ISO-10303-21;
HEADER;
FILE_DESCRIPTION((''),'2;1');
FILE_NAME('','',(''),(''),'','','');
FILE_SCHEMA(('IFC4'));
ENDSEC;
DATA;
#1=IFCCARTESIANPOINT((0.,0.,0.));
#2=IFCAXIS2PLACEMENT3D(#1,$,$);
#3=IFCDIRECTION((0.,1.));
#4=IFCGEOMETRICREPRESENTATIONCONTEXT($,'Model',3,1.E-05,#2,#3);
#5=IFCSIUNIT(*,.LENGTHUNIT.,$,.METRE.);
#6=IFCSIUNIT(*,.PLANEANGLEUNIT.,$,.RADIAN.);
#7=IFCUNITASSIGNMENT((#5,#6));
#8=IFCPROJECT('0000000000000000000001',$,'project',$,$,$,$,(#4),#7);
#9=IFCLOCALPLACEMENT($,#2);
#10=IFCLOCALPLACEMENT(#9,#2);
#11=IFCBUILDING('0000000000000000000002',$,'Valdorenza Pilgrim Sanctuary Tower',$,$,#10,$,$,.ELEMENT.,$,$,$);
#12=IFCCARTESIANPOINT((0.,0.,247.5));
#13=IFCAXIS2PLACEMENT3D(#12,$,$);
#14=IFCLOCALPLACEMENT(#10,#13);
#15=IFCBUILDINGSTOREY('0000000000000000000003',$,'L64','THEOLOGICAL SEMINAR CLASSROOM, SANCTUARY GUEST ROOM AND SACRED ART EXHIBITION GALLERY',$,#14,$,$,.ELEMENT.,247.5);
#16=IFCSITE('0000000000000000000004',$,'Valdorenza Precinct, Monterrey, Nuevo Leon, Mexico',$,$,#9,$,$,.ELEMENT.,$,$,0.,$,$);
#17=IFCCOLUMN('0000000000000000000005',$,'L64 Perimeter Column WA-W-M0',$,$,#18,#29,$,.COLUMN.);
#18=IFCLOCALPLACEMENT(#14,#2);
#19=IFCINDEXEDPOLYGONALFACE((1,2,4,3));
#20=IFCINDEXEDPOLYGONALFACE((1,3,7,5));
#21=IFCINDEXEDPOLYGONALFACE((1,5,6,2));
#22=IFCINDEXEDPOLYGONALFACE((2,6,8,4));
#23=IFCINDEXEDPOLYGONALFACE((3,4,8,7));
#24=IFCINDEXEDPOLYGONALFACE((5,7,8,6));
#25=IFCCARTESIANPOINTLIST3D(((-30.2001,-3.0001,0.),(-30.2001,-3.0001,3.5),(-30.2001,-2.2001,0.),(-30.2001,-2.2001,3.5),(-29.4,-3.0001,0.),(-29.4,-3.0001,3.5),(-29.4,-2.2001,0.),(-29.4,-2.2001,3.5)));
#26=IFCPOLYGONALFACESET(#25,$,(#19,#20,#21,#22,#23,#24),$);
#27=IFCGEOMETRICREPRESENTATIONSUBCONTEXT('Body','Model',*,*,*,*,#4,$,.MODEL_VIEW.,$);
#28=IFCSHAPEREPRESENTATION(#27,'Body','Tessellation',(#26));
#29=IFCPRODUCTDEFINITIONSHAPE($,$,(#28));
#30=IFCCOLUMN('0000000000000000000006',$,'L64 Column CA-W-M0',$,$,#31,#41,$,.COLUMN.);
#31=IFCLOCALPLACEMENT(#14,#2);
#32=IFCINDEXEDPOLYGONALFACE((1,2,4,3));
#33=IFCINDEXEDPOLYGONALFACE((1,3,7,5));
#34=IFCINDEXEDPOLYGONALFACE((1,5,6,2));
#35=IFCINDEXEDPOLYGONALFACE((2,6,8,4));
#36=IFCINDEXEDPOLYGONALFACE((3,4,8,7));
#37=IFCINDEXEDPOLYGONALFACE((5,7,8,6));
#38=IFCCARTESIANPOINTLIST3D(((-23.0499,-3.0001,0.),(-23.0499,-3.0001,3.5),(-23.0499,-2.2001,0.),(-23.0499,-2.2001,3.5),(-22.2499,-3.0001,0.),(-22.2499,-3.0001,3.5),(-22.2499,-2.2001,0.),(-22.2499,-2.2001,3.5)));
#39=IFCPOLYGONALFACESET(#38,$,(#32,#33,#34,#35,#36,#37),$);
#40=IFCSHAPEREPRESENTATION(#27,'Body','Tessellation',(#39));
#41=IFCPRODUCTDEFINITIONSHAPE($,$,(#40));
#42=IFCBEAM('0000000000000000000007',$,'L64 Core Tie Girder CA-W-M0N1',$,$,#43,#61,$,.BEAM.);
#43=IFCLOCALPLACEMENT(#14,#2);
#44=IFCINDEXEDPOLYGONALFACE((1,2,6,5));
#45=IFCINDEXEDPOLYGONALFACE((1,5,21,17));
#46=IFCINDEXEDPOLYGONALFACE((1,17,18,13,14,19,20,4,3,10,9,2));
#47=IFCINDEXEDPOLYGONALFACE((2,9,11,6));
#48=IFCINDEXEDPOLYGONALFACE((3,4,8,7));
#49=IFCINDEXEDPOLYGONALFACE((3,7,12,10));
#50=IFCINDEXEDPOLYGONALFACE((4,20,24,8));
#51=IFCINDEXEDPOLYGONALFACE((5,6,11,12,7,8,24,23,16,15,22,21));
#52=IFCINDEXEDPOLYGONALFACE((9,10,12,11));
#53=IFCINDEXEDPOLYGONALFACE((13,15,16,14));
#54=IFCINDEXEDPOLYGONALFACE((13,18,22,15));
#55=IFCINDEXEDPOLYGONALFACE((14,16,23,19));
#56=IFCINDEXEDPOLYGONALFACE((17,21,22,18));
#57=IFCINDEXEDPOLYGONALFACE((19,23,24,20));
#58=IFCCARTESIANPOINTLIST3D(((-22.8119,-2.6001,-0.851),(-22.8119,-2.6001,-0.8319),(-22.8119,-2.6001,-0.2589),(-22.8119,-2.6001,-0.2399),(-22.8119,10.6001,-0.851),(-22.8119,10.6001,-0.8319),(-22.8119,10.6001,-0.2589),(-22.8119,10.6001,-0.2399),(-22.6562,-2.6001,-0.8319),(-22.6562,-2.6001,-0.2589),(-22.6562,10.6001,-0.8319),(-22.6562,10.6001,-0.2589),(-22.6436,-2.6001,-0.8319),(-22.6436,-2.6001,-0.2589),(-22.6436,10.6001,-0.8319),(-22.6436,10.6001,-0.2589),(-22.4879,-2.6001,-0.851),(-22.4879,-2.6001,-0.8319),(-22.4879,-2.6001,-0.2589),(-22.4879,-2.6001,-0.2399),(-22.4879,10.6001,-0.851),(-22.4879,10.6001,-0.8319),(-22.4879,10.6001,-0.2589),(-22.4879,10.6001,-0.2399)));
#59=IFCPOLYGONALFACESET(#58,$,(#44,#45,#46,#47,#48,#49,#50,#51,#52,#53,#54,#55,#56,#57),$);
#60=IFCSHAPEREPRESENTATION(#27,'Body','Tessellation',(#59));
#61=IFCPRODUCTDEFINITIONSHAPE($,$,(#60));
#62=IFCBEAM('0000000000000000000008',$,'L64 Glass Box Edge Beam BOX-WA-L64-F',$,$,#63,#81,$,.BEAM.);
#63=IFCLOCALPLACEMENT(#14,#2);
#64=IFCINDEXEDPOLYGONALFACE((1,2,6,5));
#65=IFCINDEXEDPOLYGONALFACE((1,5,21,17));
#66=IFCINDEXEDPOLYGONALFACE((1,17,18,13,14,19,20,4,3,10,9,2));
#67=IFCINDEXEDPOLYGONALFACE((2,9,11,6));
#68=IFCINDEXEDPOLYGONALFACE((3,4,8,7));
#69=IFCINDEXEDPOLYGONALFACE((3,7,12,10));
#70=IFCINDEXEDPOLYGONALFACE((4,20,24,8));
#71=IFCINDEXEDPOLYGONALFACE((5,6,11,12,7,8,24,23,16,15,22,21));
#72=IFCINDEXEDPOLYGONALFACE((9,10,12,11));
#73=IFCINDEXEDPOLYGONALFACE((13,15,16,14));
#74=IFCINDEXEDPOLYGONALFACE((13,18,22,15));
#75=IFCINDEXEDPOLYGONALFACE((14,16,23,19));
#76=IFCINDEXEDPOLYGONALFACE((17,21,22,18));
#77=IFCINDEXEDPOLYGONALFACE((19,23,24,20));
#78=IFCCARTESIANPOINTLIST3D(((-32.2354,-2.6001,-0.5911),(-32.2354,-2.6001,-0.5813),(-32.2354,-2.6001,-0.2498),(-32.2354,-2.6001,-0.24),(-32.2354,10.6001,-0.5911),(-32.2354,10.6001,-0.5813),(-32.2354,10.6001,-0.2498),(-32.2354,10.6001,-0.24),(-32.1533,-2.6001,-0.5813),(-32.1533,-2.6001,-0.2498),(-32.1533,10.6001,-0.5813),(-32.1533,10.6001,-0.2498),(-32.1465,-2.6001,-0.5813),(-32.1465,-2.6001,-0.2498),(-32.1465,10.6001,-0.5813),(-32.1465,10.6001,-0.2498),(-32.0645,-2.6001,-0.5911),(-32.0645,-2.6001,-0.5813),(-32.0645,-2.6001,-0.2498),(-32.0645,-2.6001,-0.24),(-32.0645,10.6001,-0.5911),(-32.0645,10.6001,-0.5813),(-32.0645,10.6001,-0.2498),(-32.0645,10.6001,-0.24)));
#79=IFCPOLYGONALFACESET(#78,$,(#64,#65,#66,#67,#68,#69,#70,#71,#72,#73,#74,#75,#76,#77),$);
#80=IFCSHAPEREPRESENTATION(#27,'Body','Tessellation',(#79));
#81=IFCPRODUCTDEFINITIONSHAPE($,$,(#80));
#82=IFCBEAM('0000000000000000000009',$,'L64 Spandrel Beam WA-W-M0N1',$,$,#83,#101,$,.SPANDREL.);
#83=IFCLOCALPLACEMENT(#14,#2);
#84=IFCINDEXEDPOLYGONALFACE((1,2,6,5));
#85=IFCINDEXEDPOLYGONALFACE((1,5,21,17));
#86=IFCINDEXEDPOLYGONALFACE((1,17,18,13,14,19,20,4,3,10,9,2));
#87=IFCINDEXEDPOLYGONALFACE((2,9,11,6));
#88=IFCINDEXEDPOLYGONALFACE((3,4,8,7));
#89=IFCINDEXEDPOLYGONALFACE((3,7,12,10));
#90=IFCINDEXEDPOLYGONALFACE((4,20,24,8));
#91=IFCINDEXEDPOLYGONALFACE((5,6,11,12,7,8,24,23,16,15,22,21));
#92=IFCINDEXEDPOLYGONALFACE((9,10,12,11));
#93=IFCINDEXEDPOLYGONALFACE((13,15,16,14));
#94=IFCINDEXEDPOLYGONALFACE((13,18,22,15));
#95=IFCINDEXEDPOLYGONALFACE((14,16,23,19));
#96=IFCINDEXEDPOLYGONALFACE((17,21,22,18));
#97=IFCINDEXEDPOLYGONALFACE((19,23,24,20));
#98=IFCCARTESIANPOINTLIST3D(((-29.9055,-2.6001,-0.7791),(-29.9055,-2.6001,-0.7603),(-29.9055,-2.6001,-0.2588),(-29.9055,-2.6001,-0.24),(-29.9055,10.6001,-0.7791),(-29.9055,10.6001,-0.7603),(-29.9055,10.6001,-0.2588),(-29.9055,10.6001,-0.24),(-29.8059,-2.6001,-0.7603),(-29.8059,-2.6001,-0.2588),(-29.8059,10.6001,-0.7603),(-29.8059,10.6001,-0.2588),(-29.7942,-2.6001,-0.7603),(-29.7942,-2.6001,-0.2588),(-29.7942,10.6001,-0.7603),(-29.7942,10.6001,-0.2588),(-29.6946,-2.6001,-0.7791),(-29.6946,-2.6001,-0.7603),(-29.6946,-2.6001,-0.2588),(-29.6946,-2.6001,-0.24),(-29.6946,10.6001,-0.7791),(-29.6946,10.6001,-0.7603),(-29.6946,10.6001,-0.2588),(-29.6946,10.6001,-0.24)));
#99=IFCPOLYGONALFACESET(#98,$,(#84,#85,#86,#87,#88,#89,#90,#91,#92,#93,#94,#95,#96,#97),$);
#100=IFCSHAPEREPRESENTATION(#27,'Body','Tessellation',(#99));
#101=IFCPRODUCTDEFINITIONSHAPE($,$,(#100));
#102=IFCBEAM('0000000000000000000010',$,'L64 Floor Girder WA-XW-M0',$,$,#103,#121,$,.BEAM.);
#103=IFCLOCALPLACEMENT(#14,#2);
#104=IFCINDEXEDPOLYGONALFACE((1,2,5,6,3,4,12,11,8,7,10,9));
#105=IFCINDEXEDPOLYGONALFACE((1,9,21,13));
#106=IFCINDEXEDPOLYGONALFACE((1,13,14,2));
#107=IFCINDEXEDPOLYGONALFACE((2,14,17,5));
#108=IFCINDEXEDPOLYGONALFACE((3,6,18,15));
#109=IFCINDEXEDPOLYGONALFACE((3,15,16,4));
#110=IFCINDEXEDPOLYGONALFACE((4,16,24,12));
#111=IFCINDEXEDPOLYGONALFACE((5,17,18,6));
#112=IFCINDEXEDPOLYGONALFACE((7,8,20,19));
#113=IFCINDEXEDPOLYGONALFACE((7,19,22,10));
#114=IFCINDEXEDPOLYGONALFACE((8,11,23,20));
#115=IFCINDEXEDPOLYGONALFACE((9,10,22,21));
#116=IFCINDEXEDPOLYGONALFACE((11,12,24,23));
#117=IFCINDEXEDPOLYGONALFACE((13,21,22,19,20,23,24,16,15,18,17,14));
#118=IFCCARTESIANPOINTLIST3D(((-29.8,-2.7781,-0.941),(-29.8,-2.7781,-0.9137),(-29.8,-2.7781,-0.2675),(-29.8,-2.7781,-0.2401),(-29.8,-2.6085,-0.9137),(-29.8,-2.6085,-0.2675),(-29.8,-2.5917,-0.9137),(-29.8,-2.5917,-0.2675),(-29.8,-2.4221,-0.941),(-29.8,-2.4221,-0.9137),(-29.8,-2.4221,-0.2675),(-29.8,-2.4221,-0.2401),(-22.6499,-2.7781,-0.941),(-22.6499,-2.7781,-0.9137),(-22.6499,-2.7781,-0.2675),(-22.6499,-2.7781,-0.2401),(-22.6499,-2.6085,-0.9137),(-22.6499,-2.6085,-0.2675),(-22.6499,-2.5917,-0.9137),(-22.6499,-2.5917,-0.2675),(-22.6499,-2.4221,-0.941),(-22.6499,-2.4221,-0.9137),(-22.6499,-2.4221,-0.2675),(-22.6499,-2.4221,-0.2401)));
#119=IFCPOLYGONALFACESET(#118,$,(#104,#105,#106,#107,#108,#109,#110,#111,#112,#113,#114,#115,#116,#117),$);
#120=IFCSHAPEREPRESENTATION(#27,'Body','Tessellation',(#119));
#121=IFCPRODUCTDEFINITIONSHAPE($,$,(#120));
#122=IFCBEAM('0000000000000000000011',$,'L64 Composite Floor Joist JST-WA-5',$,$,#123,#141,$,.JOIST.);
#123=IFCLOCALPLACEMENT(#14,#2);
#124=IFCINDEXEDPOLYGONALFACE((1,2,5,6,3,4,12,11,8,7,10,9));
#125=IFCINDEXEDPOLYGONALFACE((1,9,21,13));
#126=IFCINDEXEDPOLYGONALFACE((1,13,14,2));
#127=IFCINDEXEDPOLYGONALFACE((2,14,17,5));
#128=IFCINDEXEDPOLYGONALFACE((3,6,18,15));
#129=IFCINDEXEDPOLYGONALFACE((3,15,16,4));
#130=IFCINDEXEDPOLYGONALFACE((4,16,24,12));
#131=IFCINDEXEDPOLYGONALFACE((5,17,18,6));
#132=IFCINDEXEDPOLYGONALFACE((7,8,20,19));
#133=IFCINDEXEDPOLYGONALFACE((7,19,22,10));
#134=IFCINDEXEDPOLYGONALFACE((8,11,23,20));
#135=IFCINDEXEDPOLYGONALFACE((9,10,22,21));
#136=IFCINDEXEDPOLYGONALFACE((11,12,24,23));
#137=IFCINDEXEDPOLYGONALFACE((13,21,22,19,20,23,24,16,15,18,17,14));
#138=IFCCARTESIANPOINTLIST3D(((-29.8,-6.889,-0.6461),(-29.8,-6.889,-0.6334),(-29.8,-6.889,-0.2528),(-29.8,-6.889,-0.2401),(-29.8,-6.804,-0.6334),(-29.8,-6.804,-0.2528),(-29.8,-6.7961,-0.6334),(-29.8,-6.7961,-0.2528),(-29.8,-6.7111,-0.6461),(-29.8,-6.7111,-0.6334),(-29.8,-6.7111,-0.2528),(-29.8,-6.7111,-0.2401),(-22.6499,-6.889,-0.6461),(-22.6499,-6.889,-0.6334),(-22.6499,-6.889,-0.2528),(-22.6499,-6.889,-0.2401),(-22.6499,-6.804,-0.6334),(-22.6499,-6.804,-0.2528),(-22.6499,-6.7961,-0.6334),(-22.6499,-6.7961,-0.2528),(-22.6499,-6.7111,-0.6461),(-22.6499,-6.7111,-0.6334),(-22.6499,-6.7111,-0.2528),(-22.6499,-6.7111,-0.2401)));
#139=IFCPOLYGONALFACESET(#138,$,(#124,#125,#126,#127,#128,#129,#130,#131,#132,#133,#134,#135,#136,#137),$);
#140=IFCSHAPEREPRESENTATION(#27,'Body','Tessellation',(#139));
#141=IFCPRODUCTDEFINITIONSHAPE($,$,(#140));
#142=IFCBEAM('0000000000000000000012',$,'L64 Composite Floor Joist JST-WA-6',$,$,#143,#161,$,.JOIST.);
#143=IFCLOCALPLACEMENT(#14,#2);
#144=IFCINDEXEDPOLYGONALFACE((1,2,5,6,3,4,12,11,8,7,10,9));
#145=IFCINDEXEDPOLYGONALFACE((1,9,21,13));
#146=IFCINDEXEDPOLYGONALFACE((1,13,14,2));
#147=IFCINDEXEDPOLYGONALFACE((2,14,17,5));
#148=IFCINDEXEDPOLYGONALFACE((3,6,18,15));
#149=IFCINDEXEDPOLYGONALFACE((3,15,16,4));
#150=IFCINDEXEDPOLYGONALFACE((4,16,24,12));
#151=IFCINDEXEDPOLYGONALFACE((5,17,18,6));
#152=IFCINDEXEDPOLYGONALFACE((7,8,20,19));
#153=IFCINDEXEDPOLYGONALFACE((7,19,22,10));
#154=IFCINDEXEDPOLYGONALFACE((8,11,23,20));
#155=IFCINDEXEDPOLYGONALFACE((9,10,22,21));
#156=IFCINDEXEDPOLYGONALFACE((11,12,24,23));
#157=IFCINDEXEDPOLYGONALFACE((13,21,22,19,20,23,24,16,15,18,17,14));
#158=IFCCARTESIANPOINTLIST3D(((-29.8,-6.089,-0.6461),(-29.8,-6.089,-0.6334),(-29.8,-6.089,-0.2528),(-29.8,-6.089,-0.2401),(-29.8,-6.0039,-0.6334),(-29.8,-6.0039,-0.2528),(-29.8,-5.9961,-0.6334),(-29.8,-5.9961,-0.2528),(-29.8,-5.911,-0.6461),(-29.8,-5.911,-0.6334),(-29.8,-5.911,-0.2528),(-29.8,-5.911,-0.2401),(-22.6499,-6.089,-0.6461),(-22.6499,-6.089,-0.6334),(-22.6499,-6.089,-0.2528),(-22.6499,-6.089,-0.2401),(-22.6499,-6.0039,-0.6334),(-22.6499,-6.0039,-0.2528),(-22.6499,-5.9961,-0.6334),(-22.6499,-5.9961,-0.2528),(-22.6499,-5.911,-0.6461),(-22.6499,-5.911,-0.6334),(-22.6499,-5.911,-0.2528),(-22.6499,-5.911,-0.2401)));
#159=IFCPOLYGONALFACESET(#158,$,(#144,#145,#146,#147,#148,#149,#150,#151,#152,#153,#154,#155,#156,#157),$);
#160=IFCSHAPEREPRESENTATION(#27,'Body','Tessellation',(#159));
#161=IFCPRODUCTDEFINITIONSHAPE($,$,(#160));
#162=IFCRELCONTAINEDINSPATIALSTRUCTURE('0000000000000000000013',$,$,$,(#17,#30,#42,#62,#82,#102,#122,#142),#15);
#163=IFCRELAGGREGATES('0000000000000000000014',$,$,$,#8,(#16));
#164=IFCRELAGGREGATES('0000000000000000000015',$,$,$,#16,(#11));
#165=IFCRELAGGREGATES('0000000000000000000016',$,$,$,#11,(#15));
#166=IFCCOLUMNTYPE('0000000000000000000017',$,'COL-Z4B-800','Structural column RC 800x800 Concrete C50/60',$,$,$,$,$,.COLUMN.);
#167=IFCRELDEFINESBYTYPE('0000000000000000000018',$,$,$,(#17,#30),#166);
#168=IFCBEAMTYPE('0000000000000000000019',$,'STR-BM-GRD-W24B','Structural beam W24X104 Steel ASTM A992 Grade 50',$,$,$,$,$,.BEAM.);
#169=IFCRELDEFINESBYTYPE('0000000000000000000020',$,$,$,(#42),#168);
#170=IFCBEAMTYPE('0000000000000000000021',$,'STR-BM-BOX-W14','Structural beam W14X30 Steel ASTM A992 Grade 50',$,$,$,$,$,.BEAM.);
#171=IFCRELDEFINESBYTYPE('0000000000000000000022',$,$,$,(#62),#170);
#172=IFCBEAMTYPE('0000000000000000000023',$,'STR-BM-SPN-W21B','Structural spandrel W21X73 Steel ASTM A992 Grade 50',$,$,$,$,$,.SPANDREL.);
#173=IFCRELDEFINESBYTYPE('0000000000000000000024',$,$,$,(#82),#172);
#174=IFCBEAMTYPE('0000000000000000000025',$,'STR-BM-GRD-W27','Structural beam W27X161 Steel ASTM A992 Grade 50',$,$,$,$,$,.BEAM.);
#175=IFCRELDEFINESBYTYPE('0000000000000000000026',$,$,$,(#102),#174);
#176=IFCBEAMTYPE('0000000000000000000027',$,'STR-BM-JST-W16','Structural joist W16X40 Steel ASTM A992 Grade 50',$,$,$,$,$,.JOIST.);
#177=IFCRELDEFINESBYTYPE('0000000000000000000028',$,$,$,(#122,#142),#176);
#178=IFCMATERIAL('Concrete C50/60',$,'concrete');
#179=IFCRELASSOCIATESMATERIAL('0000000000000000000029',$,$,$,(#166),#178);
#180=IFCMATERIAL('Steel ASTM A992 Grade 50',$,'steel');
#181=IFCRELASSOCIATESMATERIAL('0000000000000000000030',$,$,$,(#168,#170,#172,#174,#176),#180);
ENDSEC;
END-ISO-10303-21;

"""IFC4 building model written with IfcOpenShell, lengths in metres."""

from ifc_helpers import new_model, si_unit, direction, frame, origin, origin_2d, place, context, subcontext, project, spatial, rectangle, i_section, extrude, source, transform, mapped, material, material_profile, profile_set, type_object, element, save


model = new_model("IFC4")

# Units and contexts
model_context = context("Model", 3, precision=1e-05, world=origin(), true_north=direction((0.0, 1.0)))
body_context = subcontext(model_context, "Body", "Model", "MODEL_VIEW")
ifc_project = project(units=[si_unit("LENGTHUNIT", "METRE"), si_unit("PLANEANGLEUNIT", "RADIAN")], contexts=[model_context])

# Site, building, storey
site_placement = place(None, origin())
site = spatial("IfcSite", under=ifc_project, at=site_placement, Name="Valdorenza Precinct, Monterrey, Nuevo Leon, Mexico", CompositionType="ELEMENT", RefElevation=0.0)
building_placement = place(site_placement, origin())
building = spatial("IfcBuilding", under=site, at=building_placement, Name="Valdorenza Pilgrim Sanctuary Tower", CompositionType="ELEMENT")
storey_placement = place(building_placement, frame((0.0, 0.0, 247.5)))
storey = spatial("IfcBuildingStorey", under=building, at=storey_placement, Name="L64", Description="THEOLOGICAL SEMINAR CLASSROOM, SANCTUARY GUEST ROOM AND SACRED ART EXHIBITION GALLERY", CompositionType="ELEMENT", Elevation=247.5)

# Columns
ifc_material_1 = material(Name="Concrete C50/60", Category="concrete")
ifc_material_profile_1 = material_profile(ifc_material_1, rectangle(XDim=0.8, YDim=0.8, at=origin_2d()), Name="RC 800x800")
ifc_profile_set_1 = profile_set([ifc_material_profile_1], Name="Concrete C50/60")
column_type = type_object("IfcColumnType", Name="COL-Z4B-800", Description="Structural column RC 800x800 Concrete C50/60", PredefinedType="COLUMN", material=ifc_profile_set_1)
shared_shape_1 = source(origin(), body_context, "Body", "SweptSolid", [
    extrude(rectangle(XDim=0.8, YDim=0.8, at=origin_2d()), origin(), (0.0, 0.0, 1.0), 3.5),
])
for number, where, z_axis, x_axis, name in (
    (1, (-29.8, -2.6001, 0.0), (0.0, 0.0, 1.0), (1.0, 0.0, 0.0), "L64 Perimeter Column WA-W-M0"),
    (2, (-22.6499, -2.6001, 0.0), (0.0, 0.0, 1.0), (1.0, 0.0, 0.0), "L64 Column CA-W-M0"),
):
    element("IfcColumn", number, at=place(storey_placement, frame(where, z_axis=z_axis, x_axis=x_axis)), inside=storey, type_object=column_type, Name=name, PredefinedType="COLUMN", context=body_context, shape_type="MappedRepresentation", body=[
        mapped(shared_shape_1, transform((0.0, 0.0, 0.0), x_axis=(1.0, 0.0, 0.0), y_axis=(0.0, 1.0, 0.0), z_axis=(0.0, 0.0, 1.0), scale=1.0)),
    ])

# Beams
ifc_material_2 = material(Name="Steel ASTM A992 Grade 50", Category="steel")
ifc_material_profile_2 = material_profile(ifc_material_2, i_section(OverallWidth=0.324, OverallDepth=0.6111, WebThickness=0.0127, FlangeThickness=0.019, at=origin_2d()), Name="W24X104")
ifc_profile_set_2 = profile_set([ifc_material_profile_2], Name="Steel ASTM A992 Grade 50")
beam_type_1 = type_object("IfcBeamType", Name="STR-BM-GRD-W24B", Description="Structural beam W24X104 Steel ASTM A992 Grade 50", PredefinedType="BEAM", material=ifc_profile_set_2)
shared_shape_2 = source(origin(), body_context, "Body", "SweptSolid", [
    extrude(i_section(OverallWidth=0.324, OverallDepth=0.6111, WebThickness=0.0127, FlangeThickness=0.019, at=origin_2d()), origin(), (0.0, 0.0, 1.0), 13.2002),
])
beam_1_placement = place(storey_placement, frame((-22.6499, -2.6001, -0.5454), z_axis=(0.0, 1.0, 0.0), x_axis=(-1.0, 0.0, 0.0)))
element("IfcBeam", 3, at=beam_1_placement, inside=storey, type_object=beam_type_1, Name="L64 Core Tie Girder CA-W-M0N1", PredefinedType="BEAM", context=body_context, shape_type="MappedRepresentation", body=[
    mapped(shared_shape_2, transform((0.0, 0.0, 0.0), x_axis=(1.0, 0.0, 0.0), y_axis=(0.0, 1.0, 0.0), z_axis=(0.0, 0.0, 1.0), scale=1.0)),
])
ifc_material_profile_3 = material_profile(ifc_material_2, i_section(OverallWidth=0.1709, OverallDepth=0.3511, WebThickness=0.0068, FlangeThickness=0.0098, at=origin_2d()), Name="W14X30")
ifc_profile_set_3 = profile_set([ifc_material_profile_3], Name="Steel ASTM A992 Grade 50")
beam_type_2 = type_object("IfcBeamType", Name="STR-BM-BOX-W14", Description="Structural beam W14X30 Steel ASTM A992 Grade 50", PredefinedType="BEAM", material=ifc_profile_set_3)
shared_shape_3 = source(origin(), body_context, "Body", "SweptSolid", [
    extrude(i_section(OverallWidth=0.1709, OverallDepth=0.3511, WebThickness=0.0068, FlangeThickness=0.0098, at=origin_2d()), origin(), (0.0, 0.0, 1.0), 13.2002),
])
beam_2_placement = place(storey_placement, frame((-32.1499, -2.6001, -0.4155), z_axis=(0.0, 1.0, 0.0), x_axis=(-1.0, 0.0, 0.0)))
element("IfcBeam", 4, at=beam_2_placement, inside=storey, type_object=beam_type_2, Name="L64 Glass Box Edge Beam BOX-WA-L64-F", PredefinedType="BEAM", context=body_context, shape_type="MappedRepresentation", body=[
    mapped(shared_shape_3, transform((0.0, 0.0, 0.0), x_axis=(1.0, 0.0, 0.0), y_axis=(0.0, 1.0, 0.0), z_axis=(0.0, 0.0, 1.0), scale=1.0)),
])
ifc_material_profile_4 = material_profile(ifc_material_2, i_section(OverallWidth=0.2109, OverallDepth=0.5391, WebThickness=0.0117, FlangeThickness=0.0188, at=origin_2d()), Name="W21X73")
ifc_profile_set_4 = profile_set([ifc_material_profile_4], Name="Steel ASTM A992 Grade 50")
beam_type_3 = type_object("IfcBeamType", Name="STR-BM-SPN-W21B", Description="Structural spandrel W21X73 Steel ASTM A992 Grade 50", PredefinedType="SPANDREL", material=ifc_profile_set_4)
shared_shape_4 = source(origin(), body_context, "Body", "SweptSolid", [
    extrude(i_section(OverallWidth=0.2109, OverallDepth=0.5391, WebThickness=0.0117, FlangeThickness=0.0188, at=origin_2d()), origin(), (0.0, 0.0, 1.0), 13.2002),
])
beam_3_placement = place(storey_placement, frame((-29.8, -2.6001, -0.5095), z_axis=(0.0, 1.0, 0.0), x_axis=(-1.0, 0.0, 0.0)))
element("IfcBeam", 5, at=beam_3_placement, inside=storey, type_object=beam_type_3, Name="L64 Spandrel Beam WA-W-M0N1", PredefinedType="SPANDREL", context=body_context, shape_type="MappedRepresentation", body=[
    mapped(shared_shape_4, transform((0.0, 0.0, 0.0), x_axis=(1.0, 0.0, 0.0), y_axis=(0.0, 1.0, 0.0), z_axis=(0.0, 0.0, 1.0), scale=1.0)),
])
ifc_material_profile_5 = material_profile(ifc_material_2, i_section(OverallWidth=0.356, OverallDepth=0.7009, WebThickness=0.0168, FlangeThickness=0.0273, at=origin_2d()), Name="W27X161")
ifc_profile_set_5 = profile_set([ifc_material_profile_5], Name="Steel ASTM A992 Grade 50")
beam_type_4 = type_object("IfcBeamType", Name="STR-BM-GRD-W27", Description="Structural beam W27X161 Steel ASTM A992 Grade 50", PredefinedType="BEAM", material=ifc_profile_set_5)
shared_shape_5 = source(origin(), body_context, "Body", "SweptSolid", [
    extrude(i_section(OverallWidth=0.356, OverallDepth=0.7009, WebThickness=0.0168, FlangeThickness=0.0273, at=origin_2d()), origin(), (0.0, 0.0, 1.0), 7.1501),
])
beam_4_placement = place(storey_placement, frame((-29.8, -2.6001, -0.5906), z_axis=(1.0, 0.0, 0.0), x_axis=(0.0, 1.0, 0.0)))
element("IfcBeam", 6, at=beam_4_placement, inside=storey, type_object=beam_type_4, Name="L64 Floor Girder WA-XW-M0", PredefinedType="BEAM", context=body_context, shape_type="MappedRepresentation", body=[
    mapped(shared_shape_5, transform((0.0, 0.0, 0.0), x_axis=(1.0, 0.0, 0.0), y_axis=(0.0, 1.0, 0.0), z_axis=(0.0, 0.0, 1.0), scale=1.0)),
])
ifc_material_profile_6 = material_profile(ifc_material_2, i_section(OverallWidth=0.178, OverallDepth=0.406, WebThickness=0.0078, FlangeThickness=0.0127, at=origin_2d()), Name="W16X40")
ifc_profile_set_6 = profile_set([ifc_material_profile_6], Name="Steel ASTM A992 Grade 50")
beam_type_5 = type_object("IfcBeamType", Name="STR-BM-JST-W16", Description="Structural joist W16X40 Steel ASTM A992 Grade 50", PredefinedType="JOIST", material=ifc_profile_set_6)
shared_shape_6 = source(origin(), body_context, "Body", "SweptSolid", [
    extrude(i_section(OverallWidth=0.178, OverallDepth=0.406, WebThickness=0.0078, FlangeThickness=0.0127, at=origin_2d()), origin(), (0.0, 0.0, 1.0), 7.1501),
])
for number, where, z_axis, x_axis, name in (
    (7, (-29.8, -6.8, -0.4431), (1.0, 0.0, 0.0), (0.0, 1.0, 0.0), "L64 Composite Floor Joist JST-WA-5"),
    (8, (-29.8, -6.0, -0.4431), (1.0, 0.0, 0.0), (0.0, 1.0, 0.0), "L64 Composite Floor Joist JST-WA-6"),
):
    element("IfcBeam", number, at=place(storey_placement, frame(where, z_axis=z_axis, x_axis=x_axis)), inside=storey, type_object=beam_type_5, Name=name, PredefinedType="JOIST", context=body_context, shape_type="MappedRepresentation", body=[
        mapped(shared_shape_6, transform((0.0, 0.0, 0.0), x_axis=(1.0, 0.0, 0.0), y_axis=(0.0, 1.0, 0.0), z_axis=(0.0, 0.0, 1.0), scale=1.0)),
    ])

save(model, "model.ifc")
